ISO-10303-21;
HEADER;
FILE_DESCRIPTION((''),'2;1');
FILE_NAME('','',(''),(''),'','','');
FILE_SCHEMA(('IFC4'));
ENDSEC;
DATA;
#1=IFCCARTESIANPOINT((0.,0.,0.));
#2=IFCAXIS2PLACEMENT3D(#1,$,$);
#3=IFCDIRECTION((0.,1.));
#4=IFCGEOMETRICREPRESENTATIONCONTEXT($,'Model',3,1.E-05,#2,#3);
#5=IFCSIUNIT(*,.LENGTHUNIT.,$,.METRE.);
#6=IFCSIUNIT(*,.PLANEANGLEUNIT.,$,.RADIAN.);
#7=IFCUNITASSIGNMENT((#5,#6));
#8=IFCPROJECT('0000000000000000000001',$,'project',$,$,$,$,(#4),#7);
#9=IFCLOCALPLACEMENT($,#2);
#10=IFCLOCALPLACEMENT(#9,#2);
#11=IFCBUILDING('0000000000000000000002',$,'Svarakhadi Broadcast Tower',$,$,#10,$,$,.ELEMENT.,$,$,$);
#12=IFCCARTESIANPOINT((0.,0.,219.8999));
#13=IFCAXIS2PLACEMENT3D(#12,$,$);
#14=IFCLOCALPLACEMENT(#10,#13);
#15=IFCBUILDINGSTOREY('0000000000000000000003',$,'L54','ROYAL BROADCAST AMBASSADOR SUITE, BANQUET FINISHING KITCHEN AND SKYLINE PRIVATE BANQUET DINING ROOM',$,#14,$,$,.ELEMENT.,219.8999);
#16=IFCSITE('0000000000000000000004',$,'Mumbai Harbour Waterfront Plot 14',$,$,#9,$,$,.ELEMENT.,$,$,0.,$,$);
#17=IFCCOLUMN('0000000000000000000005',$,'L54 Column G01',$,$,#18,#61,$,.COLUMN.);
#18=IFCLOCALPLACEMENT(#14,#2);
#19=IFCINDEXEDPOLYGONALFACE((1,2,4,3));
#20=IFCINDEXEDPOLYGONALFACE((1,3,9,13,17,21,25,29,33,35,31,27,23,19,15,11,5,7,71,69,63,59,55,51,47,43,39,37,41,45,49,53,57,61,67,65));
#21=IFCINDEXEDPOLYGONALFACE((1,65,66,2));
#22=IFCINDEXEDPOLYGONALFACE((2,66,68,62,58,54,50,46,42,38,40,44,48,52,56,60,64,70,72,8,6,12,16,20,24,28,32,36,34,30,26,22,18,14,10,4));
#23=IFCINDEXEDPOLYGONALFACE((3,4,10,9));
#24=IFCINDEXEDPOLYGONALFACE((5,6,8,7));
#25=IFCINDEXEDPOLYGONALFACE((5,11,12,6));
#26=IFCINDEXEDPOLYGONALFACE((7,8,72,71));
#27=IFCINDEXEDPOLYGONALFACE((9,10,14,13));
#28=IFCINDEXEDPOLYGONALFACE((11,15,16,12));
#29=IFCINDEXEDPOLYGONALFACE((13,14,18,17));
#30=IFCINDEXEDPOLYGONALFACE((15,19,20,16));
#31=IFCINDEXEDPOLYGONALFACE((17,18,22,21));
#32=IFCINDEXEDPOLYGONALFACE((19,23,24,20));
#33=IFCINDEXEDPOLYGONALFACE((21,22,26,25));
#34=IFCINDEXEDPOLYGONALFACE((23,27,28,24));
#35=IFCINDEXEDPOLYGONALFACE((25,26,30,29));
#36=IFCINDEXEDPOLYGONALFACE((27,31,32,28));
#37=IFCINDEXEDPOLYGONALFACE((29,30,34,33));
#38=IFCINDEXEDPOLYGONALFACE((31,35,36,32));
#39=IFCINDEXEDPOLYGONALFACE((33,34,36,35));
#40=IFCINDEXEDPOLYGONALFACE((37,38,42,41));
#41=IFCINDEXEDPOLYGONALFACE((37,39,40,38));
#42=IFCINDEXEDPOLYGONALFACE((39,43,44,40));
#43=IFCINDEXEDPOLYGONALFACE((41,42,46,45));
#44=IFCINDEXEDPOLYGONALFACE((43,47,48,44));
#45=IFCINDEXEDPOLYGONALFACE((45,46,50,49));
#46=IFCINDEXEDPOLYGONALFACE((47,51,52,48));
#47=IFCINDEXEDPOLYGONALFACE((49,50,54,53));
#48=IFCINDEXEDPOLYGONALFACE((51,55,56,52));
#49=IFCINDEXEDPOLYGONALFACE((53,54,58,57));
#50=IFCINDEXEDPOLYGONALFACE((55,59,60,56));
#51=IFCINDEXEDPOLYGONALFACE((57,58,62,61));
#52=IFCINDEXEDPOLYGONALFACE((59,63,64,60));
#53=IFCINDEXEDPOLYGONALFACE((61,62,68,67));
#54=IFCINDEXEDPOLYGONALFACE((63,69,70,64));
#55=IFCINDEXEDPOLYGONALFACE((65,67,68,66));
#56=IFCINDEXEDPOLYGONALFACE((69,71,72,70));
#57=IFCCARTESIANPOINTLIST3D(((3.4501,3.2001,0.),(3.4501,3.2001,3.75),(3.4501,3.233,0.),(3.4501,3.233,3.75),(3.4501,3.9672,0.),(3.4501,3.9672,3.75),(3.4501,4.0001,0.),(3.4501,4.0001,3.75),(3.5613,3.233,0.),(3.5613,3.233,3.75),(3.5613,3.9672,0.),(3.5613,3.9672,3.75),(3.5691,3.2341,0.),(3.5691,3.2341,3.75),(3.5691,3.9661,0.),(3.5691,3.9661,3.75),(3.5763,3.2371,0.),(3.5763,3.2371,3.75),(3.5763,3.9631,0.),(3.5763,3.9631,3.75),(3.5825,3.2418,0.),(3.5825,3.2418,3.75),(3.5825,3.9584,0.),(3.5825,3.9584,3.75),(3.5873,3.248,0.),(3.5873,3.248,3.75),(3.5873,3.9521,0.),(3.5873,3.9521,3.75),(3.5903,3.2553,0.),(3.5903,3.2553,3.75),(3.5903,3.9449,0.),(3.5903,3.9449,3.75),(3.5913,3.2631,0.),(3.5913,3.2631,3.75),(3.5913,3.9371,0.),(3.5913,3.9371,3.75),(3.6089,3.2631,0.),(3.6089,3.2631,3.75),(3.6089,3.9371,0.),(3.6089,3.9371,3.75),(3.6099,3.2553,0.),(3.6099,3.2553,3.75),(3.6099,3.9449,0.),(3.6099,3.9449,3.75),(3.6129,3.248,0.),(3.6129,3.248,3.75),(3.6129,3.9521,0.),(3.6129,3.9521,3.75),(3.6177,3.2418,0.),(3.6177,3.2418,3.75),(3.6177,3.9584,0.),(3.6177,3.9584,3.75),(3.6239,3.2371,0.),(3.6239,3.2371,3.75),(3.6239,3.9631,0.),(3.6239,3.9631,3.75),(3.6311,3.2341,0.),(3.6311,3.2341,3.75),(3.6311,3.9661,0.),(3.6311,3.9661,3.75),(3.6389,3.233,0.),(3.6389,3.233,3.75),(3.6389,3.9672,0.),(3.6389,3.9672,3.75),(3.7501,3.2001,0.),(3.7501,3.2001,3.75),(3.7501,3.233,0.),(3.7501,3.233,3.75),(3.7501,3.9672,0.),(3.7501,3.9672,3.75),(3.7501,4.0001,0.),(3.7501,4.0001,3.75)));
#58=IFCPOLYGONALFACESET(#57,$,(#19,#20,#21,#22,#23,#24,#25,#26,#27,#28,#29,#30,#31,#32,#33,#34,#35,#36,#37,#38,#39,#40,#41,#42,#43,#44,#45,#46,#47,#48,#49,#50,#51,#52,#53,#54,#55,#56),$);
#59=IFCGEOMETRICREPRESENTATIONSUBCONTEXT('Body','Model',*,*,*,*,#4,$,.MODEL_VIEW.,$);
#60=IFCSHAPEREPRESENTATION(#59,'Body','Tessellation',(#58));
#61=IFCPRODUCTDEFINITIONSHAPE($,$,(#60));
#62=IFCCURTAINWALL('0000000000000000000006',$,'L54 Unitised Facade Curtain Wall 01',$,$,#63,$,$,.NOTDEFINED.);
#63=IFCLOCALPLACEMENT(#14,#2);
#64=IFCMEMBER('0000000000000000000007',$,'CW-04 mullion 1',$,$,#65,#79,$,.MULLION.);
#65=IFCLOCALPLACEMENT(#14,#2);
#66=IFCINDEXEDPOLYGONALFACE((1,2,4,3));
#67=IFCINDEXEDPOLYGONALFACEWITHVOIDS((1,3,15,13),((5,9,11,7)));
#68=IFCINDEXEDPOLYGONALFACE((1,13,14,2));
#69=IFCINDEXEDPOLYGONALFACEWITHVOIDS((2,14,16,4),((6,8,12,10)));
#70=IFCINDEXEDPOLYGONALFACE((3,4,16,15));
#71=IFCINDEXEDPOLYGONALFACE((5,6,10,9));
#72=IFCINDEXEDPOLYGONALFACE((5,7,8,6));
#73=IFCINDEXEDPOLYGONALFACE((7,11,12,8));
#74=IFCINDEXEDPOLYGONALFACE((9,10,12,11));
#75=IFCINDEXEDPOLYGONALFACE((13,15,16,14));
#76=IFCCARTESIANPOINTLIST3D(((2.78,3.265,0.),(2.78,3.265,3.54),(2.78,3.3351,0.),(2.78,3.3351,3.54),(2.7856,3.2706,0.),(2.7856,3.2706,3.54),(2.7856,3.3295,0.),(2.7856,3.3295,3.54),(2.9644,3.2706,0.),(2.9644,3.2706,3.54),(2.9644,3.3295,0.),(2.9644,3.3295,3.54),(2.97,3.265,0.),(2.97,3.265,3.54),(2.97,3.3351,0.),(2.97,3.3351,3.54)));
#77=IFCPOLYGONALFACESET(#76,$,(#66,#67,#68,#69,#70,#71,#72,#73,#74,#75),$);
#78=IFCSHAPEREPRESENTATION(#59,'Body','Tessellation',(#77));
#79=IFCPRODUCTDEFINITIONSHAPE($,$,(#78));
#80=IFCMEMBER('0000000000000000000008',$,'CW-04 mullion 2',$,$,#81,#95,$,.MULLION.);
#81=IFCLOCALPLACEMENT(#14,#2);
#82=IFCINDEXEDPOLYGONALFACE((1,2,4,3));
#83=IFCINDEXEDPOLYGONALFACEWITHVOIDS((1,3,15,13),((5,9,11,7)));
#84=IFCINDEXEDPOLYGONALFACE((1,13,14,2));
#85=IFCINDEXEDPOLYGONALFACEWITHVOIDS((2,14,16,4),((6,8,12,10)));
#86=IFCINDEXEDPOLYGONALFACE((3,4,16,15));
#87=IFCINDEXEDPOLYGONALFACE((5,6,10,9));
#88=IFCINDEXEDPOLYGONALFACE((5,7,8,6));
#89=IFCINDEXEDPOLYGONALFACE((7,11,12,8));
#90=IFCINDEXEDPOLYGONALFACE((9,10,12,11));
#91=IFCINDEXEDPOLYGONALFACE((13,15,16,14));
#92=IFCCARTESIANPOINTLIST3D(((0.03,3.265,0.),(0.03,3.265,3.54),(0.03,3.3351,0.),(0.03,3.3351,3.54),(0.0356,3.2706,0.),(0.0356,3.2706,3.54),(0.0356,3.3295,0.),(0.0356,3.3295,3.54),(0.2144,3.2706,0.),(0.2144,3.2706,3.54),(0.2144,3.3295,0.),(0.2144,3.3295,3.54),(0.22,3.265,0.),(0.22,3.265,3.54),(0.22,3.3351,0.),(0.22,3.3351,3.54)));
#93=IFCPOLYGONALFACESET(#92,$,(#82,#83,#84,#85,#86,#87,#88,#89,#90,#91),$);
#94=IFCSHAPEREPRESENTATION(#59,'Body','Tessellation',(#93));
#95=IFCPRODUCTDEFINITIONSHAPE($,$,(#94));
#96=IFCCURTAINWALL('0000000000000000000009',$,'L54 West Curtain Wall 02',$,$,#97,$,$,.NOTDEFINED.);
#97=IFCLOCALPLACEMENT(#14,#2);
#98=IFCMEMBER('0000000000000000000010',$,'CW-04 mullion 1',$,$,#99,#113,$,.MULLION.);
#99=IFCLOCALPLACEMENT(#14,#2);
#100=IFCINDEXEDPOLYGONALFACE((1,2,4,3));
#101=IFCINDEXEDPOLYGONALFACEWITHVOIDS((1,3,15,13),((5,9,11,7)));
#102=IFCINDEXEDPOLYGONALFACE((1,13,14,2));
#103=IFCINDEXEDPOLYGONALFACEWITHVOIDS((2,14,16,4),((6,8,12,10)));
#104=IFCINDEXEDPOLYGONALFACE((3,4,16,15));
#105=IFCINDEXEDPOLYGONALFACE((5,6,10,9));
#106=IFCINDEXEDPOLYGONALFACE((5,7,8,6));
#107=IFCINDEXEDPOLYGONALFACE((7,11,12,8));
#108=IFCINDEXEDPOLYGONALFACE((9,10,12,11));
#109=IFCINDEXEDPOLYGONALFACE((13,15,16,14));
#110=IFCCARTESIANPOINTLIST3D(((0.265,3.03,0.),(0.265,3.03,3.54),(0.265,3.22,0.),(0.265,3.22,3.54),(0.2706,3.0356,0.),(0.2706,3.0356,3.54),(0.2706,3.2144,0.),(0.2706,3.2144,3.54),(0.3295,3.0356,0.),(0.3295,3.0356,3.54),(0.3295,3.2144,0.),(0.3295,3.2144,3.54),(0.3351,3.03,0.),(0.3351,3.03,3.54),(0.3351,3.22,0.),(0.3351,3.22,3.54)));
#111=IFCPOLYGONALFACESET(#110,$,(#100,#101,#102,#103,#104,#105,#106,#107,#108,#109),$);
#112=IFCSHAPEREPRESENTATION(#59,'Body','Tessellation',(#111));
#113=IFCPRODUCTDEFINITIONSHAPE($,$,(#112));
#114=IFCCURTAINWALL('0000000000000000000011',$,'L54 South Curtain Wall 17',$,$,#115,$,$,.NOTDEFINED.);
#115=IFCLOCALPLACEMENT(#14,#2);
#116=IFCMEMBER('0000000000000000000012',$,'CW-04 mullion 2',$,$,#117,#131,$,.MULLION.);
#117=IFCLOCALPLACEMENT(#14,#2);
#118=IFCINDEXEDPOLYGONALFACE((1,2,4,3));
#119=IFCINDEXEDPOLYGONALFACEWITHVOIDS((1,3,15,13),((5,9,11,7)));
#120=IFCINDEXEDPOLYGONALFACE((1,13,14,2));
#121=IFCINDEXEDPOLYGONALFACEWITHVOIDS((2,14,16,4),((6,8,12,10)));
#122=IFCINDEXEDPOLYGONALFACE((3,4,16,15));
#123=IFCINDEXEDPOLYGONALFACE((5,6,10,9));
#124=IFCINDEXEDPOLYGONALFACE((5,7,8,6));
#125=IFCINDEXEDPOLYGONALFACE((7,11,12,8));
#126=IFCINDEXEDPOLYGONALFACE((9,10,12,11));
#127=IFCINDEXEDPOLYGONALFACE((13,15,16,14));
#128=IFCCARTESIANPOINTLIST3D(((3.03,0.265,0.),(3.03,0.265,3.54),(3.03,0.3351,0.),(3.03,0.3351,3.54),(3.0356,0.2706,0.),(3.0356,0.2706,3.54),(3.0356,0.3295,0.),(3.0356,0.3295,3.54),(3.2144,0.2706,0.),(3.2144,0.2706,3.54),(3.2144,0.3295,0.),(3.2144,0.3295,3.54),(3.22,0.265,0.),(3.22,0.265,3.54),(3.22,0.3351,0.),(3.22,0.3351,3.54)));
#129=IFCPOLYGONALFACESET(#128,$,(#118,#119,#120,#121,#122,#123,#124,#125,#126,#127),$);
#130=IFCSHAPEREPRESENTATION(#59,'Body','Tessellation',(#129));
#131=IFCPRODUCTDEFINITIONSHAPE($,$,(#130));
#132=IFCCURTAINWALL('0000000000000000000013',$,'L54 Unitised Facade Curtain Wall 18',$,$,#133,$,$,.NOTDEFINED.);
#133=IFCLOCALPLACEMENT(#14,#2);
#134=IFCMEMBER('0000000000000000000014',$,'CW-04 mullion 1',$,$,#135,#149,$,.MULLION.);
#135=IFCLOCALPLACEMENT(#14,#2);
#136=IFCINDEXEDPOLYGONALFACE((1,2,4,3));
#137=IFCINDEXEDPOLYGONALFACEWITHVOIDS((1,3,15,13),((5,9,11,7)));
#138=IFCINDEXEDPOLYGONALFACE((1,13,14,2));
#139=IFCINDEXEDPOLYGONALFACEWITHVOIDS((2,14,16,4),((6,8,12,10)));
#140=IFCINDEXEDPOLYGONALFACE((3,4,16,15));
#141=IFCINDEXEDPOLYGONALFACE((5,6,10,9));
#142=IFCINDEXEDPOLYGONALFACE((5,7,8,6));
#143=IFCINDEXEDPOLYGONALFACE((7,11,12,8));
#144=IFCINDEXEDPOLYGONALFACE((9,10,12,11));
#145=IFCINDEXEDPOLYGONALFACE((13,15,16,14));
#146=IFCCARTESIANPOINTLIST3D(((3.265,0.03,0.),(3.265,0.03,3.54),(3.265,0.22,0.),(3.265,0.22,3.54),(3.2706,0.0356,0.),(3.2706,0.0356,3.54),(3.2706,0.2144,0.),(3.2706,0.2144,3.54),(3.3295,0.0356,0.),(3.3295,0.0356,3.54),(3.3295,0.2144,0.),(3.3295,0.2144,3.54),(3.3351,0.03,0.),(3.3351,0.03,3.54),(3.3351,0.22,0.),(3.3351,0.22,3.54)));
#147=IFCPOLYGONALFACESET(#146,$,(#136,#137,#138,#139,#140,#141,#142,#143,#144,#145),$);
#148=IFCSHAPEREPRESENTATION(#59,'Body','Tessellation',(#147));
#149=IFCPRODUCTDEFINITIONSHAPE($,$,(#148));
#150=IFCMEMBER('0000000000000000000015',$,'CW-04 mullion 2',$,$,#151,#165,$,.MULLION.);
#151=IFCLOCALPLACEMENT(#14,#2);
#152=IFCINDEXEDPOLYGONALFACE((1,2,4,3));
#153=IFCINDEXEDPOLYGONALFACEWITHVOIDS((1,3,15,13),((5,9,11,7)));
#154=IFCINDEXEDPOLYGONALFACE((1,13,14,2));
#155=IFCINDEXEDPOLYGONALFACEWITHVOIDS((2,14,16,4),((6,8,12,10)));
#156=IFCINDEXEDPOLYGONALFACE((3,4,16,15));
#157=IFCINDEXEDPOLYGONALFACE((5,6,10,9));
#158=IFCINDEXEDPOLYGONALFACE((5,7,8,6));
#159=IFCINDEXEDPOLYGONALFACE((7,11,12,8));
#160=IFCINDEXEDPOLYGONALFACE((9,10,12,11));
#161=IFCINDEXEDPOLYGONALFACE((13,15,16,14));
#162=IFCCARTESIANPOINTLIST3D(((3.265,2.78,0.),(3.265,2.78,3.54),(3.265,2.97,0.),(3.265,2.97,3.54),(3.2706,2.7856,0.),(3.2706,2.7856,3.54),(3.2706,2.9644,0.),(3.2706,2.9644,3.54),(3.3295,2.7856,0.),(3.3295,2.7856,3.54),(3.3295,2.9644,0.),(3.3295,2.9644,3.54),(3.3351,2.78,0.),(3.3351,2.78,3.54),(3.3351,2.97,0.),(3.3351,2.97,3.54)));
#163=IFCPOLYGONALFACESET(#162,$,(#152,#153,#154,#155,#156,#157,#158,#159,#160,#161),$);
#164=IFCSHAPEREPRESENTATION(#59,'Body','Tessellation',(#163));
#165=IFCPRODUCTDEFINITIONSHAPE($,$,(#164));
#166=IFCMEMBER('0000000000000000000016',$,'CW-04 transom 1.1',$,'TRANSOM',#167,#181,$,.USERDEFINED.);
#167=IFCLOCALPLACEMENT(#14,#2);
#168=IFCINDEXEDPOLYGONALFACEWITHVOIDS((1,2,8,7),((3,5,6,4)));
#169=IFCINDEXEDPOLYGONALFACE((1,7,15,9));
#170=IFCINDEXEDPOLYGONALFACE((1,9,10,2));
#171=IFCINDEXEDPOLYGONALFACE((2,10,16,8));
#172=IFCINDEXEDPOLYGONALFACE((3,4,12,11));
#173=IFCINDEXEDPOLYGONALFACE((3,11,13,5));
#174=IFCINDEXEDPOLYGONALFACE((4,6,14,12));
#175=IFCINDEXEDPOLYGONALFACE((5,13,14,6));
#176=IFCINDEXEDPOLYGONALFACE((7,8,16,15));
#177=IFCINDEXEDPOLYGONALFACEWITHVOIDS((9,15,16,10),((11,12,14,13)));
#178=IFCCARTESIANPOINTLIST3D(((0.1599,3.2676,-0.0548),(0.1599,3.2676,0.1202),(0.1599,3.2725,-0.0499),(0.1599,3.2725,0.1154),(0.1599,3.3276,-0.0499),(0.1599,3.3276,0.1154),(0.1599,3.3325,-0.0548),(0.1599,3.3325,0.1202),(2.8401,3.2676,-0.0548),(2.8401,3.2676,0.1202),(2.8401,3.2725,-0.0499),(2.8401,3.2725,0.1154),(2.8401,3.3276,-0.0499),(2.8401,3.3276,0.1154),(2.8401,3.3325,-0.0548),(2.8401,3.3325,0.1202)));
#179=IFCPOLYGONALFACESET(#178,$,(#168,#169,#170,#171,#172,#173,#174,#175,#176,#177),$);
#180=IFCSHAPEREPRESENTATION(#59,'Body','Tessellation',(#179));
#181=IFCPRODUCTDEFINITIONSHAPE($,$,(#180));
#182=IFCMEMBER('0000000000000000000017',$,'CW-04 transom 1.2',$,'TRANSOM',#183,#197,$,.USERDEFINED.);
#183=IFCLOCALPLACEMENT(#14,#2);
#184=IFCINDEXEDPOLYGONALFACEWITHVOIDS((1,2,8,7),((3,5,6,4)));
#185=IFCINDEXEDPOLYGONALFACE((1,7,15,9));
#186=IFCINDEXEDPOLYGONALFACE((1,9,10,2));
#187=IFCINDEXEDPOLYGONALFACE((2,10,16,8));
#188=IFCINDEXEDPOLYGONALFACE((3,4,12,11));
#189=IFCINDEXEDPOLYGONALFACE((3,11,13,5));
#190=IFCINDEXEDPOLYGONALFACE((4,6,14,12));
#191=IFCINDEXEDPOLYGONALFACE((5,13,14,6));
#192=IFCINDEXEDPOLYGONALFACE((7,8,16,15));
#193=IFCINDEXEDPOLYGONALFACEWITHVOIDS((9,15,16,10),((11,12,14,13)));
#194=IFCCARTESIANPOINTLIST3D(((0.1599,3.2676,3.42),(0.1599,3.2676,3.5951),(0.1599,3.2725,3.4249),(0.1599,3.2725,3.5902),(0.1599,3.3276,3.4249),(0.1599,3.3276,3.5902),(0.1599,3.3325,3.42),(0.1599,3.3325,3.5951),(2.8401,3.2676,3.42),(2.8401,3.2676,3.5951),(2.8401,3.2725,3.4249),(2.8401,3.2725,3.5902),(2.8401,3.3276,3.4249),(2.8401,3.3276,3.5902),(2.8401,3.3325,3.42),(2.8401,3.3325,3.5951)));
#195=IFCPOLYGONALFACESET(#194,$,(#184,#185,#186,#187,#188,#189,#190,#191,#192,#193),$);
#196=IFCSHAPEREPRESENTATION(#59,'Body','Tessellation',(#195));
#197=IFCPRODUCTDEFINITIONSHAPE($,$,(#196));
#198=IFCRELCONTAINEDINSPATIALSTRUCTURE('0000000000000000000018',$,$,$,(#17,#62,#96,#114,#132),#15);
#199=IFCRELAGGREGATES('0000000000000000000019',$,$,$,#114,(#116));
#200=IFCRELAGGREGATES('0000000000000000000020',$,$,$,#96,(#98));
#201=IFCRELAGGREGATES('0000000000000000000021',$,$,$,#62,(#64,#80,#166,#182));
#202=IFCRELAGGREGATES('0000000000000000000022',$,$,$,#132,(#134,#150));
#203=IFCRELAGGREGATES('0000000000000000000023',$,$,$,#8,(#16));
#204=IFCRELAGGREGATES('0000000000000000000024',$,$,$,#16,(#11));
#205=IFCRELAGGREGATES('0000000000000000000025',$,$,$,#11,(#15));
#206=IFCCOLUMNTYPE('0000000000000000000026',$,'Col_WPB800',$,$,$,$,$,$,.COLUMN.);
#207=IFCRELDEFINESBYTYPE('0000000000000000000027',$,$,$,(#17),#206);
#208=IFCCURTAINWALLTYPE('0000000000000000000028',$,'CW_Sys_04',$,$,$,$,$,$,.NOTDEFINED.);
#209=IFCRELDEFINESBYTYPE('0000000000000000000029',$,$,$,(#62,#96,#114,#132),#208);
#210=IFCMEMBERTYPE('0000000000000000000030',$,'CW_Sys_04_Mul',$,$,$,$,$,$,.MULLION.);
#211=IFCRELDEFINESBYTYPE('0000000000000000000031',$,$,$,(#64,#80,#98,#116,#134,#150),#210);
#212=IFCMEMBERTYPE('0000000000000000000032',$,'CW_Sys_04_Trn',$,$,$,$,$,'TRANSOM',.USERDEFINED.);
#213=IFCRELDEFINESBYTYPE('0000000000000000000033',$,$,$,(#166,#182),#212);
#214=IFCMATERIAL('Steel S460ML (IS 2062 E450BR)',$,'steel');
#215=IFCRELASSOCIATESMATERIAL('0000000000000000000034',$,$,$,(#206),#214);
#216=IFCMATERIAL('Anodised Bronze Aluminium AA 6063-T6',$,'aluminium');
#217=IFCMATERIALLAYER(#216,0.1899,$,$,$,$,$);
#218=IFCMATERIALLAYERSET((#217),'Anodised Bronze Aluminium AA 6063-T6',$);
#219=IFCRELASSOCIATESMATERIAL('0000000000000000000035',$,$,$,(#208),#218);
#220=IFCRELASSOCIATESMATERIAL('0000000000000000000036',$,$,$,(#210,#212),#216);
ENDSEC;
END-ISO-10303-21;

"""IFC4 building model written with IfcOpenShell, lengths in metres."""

from ifc_helpers import new_model, si_unit, direction, frame, origin, origin_2d, place, context, subcontext, project, spatial, hollow_rectangle, i_section, extrude, material, layer, layer_set, material_profile, profile_set, type_object, element, aggregate, save


model = new_model("IFC4")

# Units and contexts
model_context = context("Model", 3, precision=1e-05, world=origin(), true_north=direction((0.0, 1.0)))
body_context = subcontext(model_context, "Body", "Model", "MODEL_VIEW")
ifc_project = project(units=[si_unit("LENGTHUNIT", "METRE"), si_unit("PLANEANGLEUNIT", "RADIAN")], contexts=[model_context])

# Site, building, storey
site_placement = place(None, origin())
site = spatial("IfcSite", under=ifc_project, at=site_placement, Name="Mumbai Harbour Waterfront Plot 14", CompositionType="ELEMENT", RefElevation=0.0)
building_placement = place(site_placement, origin())
building = spatial("IfcBuilding", under=site, at=building_placement, Name="Svarakhadi Broadcast Tower", CompositionType="ELEMENT")
storey_placement = place(building_placement, frame((0.0, 0.0, 219.8999)))
storey = spatial("IfcBuildingStorey", under=building, at=storey_placement, Name="L54", Description="ROYAL BROADCAST AMBASSADOR SUITE, BANQUET FINISHING KITCHEN AND SKYLINE PRIVATE BANQUET DINING ROOM", CompositionType="ELEMENT", Elevation=219.8999)

# Column
ifc_material_1 = material(Name="Steel S460ML (IS 2062 E450BR)", Category="steel")
ifc_material_profile_1 = material_profile(ifc_material_1, i_section(OverallWidth=0.3, OverallDepth=0.8, WebThickness=0.0176, FlangeThickness=0.033, FilletRadius=0.03, at=origin_2d()), Name="WPB 800x300x262")
ifc_profile_set_1 = profile_set([ifc_material_profile_1], Name="Steel S460ML (IS 2062 E450BR)")
column_type = type_object("IfcColumnType", Name="Col_WPB800", PredefinedType="COLUMN", material=ifc_profile_set_1)
column_placement = place(storey_placement, frame((3.6001, 3.6001, 0.0), z_axis=(0.0, 0.0, 1.0), x_axis=(1.0, 0.0, 0.0)))
element("IfcColumn", 1, at=column_placement, inside=storey, type_object=column_type, Name="L54 Column G01", PredefinedType="COLUMN", context=body_context, shape_type="SweptSolid", body=[
    extrude(i_section(OverallWidth=0.3, OverallDepth=0.8, WebThickness=0.0176, FlangeThickness=0.033, FilletRadius=0.03, at=origin_2d()), origin(), (0.0, 0.0, 1.0), 3.75),
])

# Curtain wall, members
ifc_material_2 = material(Name="Anodised Bronze Aluminium AA 6063-T6", Category="aluminium")
ifc_layer_1 = layer(ifc_material_2, 0.1899)
ifc_layer_set_1 = layer_set([ifc_layer_1], Name="Anodised Bronze Aluminium AA 6063-T6")
curtain_wall_type = type_object("IfcCurtainWallType", Name="CW_Sys_04", PredefinedType="NOTDEFINED", material=ifc_layer_set_1)
curtain_wall_1_placement = place(storey_placement, origin())
curtain_wall_1 = element("IfcCurtainWall", 2, at=curtain_wall_1_placement, inside=storey, type_object=curtain_wall_type, Name="L54 Unitised Facade Curtain Wall 01", PredefinedType="NOTDEFINED")
ifc_material_profile_2 = material_profile(ifc_material_2, hollow_rectangle(XDim=0.0701, YDim=0.1899, WallThickness=0.0056, at=origin_2d()), Name="ALU MULLION 190x70x6")
ifc_profile_set_2 = profile_set([ifc_material_profile_2], Name="Anodised Bronze Aluminium AA 6063-T6")
member_type_1 = type_object("IfcMemberType", Name="CW_Sys_04_Mul", PredefinedType="MULLION", material=ifc_profile_set_2)
member_1_placement = place(storey_placement, frame((2.875, 3.3, 0.0), z_axis=(0.0, 0.0, 1.0), x_axis=(0.0, -1.0, 0.0)))
member_1 = element("IfcMember", 3, at=member_1_placement, type_object=member_type_1, Name="CW-04 mullion 1", PredefinedType="MULLION", context=body_context, shape_type="SweptSolid", body=[
    extrude(hollow_rectangle(XDim=0.0701, YDim=0.1899, WallThickness=0.0056, at=origin_2d()), origin(), (0.0, 0.0, 1.0), 3.54),
])
member_2_placement = place(storey_placement, frame((0.125, 3.3, 0.0), z_axis=(0.0, 0.0, 1.0), x_axis=(0.0, -1.0, 0.0)))
member_2 = element("IfcMember", 4, at=member_2_placement, type_object=member_type_1, Name="CW-04 mullion 2", PredefinedType="MULLION", context=body_context, shape_type="SweptSolid", body=[
    extrude(hollow_rectangle(XDim=0.0701, YDim=0.1899, WallThickness=0.0056, at=origin_2d()), origin(), (0.0, 0.0, 1.0), 3.54),
])

# Curtain walls, members
curtain_wall_2_placement = place(storey_placement, origin())
curtain_wall_2 = element("IfcCurtainWall", 5, at=curtain_wall_2_placement, inside=storey, type_object=curtain_wall_type, Name="L54 West Curtain Wall 02", PredefinedType="NOTDEFINED")
member_3_placement = place(storey_placement, frame((0.3, 3.125, 0.0), z_axis=(0.0, 0.0, 1.0), x_axis=(-1.0, 0.0, 0.0)))
member_3 = element("IfcMember", 6, at=member_3_placement, type_object=member_type_1, Name="CW-04 mullion 1", PredefinedType="MULLION", context=body_context, shape_type="SweptSolid", body=[
    extrude(hollow_rectangle(XDim=0.0701, YDim=0.1899, WallThickness=0.0056, at=origin_2d()), origin(), (0.0, 0.0, 1.0), 3.54),
])
curtain_wall_3_placement = place(storey_placement, origin())
curtain_wall_3 = element("IfcCurtainWall", 7, at=curtain_wall_3_placement, inside=storey, type_object=curtain_wall_type, Name="L54 South Curtain Wall 17", PredefinedType="NOTDEFINED")
member_4_placement = place(storey_placement, frame((3.125, 0.3, 0.0), z_axis=(0.0, 0.0, 1.0), x_axis=(0.0, -1.0, 0.0)))
member_4 = element("IfcMember", 8, at=member_4_placement, type_object=member_type_1, Name="CW-04 mullion 2", PredefinedType="MULLION", context=body_context, shape_type="SweptSolid", body=[
    extrude(hollow_rectangle(XDim=0.0701, YDim=0.1899, WallThickness=0.0056, at=origin_2d()), origin(), (0.0, 0.0, 1.0), 3.54),
])
aggregate(curtain_wall_3, [member_4])

# Curtain wall, members
curtain_wall_4_placement = place(storey_placement, origin())
curtain_wall_4 = element("IfcCurtainWall", 9, at=curtain_wall_4_placement, inside=storey, type_object=curtain_wall_type, Name="L54 Unitised Facade Curtain Wall 18", PredefinedType="NOTDEFINED")
member_5_placement = place(storey_placement, frame((3.3, 0.125, 0.0), z_axis=(0.0, 0.0, 1.0), x_axis=(-1.0, 0.0, 0.0)))
member_5 = element("IfcMember", 10, at=member_5_placement, type_object=member_type_1, Name="CW-04 mullion 1", PredefinedType="MULLION", context=body_context, shape_type="SweptSolid", body=[
    extrude(hollow_rectangle(XDim=0.0701, YDim=0.1899, WallThickness=0.0056, at=origin_2d()), origin(), (0.0, 0.0, 1.0), 3.54),
])
member_6_placement = place(storey_placement, frame((3.3, 2.875, 0.0), z_axis=(0.0, 0.0, 1.0), x_axis=(-1.0, 0.0, 0.0)))
member_6 = element("IfcMember", 11, at=member_6_placement, type_object=member_type_1, Name="CW-04 mullion 2", PredefinedType="MULLION", context=body_context, shape_type="SweptSolid", body=[
    extrude(hollow_rectangle(XDim=0.0701, YDim=0.1899, WallThickness=0.0056, at=origin_2d()), origin(), (0.0, 0.0, 1.0), 3.54),
])

# Members
ifc_material_profile_3 = material_profile(ifc_material_2, hollow_rectangle(XDim=0.0649, YDim=0.175, WallThickness=0.0049, at=origin_2d()), Name="ALU TRANSOM 175x65x5")
ifc_profile_set_3 = profile_set([ifc_material_profile_3], Name="Anodised Bronze Aluminium AA 6063-T6")
member_type_2 = type_object("IfcMemberType", Name="CW_Sys_04_Trn", ElementType="TRANSOM", PredefinedType="USERDEFINED", material=ifc_profile_set_3)
member_7_placement = place(storey_placement, frame((2.8401, 3.3, 0.0327), z_axis=(-1.0, 0.0, 0.0), x_axis=(0.0, -1.0, 0.0)))
member_7 = element("IfcMember", 12, at=member_7_placement, type_object=member_type_2, Name="CW-04 transom 1.1", ObjectType="TRANSOM", PredefinedType="USERDEFINED", context=body_context, shape_type="SweptSolid", body=[
    extrude(hollow_rectangle(XDim=0.0649, YDim=0.175, WallThickness=0.0049, at=origin_2d()), origin(), (0.0, 0.0, 1.0), 2.6802),
])
member_8_placement = place(storey_placement, frame((2.8401, 3.3, 3.5076), z_axis=(-1.0, 0.0, 0.0), x_axis=(0.0, -1.0, 0.0)))
member_8 = element("IfcMember", 13, at=member_8_placement, type_object=member_type_2, Name="CW-04 transom 1.2", ObjectType="TRANSOM", PredefinedType="USERDEFINED", context=body_context, shape_type="SweptSolid", body=[
    extrude(hollow_rectangle(XDim=0.0649, YDim=0.175, WallThickness=0.0049, at=origin_2d()), origin(), (0.0, 0.0, 1.0), 2.6802),
])
aggregate(curtain_wall_2, [member_3])

aggregate(curtain_wall_1, [member_1, member_2, member_7, member_8])
aggregate(curtain_wall_4, [member_5, member_6])

save(model, "model.ifc")
